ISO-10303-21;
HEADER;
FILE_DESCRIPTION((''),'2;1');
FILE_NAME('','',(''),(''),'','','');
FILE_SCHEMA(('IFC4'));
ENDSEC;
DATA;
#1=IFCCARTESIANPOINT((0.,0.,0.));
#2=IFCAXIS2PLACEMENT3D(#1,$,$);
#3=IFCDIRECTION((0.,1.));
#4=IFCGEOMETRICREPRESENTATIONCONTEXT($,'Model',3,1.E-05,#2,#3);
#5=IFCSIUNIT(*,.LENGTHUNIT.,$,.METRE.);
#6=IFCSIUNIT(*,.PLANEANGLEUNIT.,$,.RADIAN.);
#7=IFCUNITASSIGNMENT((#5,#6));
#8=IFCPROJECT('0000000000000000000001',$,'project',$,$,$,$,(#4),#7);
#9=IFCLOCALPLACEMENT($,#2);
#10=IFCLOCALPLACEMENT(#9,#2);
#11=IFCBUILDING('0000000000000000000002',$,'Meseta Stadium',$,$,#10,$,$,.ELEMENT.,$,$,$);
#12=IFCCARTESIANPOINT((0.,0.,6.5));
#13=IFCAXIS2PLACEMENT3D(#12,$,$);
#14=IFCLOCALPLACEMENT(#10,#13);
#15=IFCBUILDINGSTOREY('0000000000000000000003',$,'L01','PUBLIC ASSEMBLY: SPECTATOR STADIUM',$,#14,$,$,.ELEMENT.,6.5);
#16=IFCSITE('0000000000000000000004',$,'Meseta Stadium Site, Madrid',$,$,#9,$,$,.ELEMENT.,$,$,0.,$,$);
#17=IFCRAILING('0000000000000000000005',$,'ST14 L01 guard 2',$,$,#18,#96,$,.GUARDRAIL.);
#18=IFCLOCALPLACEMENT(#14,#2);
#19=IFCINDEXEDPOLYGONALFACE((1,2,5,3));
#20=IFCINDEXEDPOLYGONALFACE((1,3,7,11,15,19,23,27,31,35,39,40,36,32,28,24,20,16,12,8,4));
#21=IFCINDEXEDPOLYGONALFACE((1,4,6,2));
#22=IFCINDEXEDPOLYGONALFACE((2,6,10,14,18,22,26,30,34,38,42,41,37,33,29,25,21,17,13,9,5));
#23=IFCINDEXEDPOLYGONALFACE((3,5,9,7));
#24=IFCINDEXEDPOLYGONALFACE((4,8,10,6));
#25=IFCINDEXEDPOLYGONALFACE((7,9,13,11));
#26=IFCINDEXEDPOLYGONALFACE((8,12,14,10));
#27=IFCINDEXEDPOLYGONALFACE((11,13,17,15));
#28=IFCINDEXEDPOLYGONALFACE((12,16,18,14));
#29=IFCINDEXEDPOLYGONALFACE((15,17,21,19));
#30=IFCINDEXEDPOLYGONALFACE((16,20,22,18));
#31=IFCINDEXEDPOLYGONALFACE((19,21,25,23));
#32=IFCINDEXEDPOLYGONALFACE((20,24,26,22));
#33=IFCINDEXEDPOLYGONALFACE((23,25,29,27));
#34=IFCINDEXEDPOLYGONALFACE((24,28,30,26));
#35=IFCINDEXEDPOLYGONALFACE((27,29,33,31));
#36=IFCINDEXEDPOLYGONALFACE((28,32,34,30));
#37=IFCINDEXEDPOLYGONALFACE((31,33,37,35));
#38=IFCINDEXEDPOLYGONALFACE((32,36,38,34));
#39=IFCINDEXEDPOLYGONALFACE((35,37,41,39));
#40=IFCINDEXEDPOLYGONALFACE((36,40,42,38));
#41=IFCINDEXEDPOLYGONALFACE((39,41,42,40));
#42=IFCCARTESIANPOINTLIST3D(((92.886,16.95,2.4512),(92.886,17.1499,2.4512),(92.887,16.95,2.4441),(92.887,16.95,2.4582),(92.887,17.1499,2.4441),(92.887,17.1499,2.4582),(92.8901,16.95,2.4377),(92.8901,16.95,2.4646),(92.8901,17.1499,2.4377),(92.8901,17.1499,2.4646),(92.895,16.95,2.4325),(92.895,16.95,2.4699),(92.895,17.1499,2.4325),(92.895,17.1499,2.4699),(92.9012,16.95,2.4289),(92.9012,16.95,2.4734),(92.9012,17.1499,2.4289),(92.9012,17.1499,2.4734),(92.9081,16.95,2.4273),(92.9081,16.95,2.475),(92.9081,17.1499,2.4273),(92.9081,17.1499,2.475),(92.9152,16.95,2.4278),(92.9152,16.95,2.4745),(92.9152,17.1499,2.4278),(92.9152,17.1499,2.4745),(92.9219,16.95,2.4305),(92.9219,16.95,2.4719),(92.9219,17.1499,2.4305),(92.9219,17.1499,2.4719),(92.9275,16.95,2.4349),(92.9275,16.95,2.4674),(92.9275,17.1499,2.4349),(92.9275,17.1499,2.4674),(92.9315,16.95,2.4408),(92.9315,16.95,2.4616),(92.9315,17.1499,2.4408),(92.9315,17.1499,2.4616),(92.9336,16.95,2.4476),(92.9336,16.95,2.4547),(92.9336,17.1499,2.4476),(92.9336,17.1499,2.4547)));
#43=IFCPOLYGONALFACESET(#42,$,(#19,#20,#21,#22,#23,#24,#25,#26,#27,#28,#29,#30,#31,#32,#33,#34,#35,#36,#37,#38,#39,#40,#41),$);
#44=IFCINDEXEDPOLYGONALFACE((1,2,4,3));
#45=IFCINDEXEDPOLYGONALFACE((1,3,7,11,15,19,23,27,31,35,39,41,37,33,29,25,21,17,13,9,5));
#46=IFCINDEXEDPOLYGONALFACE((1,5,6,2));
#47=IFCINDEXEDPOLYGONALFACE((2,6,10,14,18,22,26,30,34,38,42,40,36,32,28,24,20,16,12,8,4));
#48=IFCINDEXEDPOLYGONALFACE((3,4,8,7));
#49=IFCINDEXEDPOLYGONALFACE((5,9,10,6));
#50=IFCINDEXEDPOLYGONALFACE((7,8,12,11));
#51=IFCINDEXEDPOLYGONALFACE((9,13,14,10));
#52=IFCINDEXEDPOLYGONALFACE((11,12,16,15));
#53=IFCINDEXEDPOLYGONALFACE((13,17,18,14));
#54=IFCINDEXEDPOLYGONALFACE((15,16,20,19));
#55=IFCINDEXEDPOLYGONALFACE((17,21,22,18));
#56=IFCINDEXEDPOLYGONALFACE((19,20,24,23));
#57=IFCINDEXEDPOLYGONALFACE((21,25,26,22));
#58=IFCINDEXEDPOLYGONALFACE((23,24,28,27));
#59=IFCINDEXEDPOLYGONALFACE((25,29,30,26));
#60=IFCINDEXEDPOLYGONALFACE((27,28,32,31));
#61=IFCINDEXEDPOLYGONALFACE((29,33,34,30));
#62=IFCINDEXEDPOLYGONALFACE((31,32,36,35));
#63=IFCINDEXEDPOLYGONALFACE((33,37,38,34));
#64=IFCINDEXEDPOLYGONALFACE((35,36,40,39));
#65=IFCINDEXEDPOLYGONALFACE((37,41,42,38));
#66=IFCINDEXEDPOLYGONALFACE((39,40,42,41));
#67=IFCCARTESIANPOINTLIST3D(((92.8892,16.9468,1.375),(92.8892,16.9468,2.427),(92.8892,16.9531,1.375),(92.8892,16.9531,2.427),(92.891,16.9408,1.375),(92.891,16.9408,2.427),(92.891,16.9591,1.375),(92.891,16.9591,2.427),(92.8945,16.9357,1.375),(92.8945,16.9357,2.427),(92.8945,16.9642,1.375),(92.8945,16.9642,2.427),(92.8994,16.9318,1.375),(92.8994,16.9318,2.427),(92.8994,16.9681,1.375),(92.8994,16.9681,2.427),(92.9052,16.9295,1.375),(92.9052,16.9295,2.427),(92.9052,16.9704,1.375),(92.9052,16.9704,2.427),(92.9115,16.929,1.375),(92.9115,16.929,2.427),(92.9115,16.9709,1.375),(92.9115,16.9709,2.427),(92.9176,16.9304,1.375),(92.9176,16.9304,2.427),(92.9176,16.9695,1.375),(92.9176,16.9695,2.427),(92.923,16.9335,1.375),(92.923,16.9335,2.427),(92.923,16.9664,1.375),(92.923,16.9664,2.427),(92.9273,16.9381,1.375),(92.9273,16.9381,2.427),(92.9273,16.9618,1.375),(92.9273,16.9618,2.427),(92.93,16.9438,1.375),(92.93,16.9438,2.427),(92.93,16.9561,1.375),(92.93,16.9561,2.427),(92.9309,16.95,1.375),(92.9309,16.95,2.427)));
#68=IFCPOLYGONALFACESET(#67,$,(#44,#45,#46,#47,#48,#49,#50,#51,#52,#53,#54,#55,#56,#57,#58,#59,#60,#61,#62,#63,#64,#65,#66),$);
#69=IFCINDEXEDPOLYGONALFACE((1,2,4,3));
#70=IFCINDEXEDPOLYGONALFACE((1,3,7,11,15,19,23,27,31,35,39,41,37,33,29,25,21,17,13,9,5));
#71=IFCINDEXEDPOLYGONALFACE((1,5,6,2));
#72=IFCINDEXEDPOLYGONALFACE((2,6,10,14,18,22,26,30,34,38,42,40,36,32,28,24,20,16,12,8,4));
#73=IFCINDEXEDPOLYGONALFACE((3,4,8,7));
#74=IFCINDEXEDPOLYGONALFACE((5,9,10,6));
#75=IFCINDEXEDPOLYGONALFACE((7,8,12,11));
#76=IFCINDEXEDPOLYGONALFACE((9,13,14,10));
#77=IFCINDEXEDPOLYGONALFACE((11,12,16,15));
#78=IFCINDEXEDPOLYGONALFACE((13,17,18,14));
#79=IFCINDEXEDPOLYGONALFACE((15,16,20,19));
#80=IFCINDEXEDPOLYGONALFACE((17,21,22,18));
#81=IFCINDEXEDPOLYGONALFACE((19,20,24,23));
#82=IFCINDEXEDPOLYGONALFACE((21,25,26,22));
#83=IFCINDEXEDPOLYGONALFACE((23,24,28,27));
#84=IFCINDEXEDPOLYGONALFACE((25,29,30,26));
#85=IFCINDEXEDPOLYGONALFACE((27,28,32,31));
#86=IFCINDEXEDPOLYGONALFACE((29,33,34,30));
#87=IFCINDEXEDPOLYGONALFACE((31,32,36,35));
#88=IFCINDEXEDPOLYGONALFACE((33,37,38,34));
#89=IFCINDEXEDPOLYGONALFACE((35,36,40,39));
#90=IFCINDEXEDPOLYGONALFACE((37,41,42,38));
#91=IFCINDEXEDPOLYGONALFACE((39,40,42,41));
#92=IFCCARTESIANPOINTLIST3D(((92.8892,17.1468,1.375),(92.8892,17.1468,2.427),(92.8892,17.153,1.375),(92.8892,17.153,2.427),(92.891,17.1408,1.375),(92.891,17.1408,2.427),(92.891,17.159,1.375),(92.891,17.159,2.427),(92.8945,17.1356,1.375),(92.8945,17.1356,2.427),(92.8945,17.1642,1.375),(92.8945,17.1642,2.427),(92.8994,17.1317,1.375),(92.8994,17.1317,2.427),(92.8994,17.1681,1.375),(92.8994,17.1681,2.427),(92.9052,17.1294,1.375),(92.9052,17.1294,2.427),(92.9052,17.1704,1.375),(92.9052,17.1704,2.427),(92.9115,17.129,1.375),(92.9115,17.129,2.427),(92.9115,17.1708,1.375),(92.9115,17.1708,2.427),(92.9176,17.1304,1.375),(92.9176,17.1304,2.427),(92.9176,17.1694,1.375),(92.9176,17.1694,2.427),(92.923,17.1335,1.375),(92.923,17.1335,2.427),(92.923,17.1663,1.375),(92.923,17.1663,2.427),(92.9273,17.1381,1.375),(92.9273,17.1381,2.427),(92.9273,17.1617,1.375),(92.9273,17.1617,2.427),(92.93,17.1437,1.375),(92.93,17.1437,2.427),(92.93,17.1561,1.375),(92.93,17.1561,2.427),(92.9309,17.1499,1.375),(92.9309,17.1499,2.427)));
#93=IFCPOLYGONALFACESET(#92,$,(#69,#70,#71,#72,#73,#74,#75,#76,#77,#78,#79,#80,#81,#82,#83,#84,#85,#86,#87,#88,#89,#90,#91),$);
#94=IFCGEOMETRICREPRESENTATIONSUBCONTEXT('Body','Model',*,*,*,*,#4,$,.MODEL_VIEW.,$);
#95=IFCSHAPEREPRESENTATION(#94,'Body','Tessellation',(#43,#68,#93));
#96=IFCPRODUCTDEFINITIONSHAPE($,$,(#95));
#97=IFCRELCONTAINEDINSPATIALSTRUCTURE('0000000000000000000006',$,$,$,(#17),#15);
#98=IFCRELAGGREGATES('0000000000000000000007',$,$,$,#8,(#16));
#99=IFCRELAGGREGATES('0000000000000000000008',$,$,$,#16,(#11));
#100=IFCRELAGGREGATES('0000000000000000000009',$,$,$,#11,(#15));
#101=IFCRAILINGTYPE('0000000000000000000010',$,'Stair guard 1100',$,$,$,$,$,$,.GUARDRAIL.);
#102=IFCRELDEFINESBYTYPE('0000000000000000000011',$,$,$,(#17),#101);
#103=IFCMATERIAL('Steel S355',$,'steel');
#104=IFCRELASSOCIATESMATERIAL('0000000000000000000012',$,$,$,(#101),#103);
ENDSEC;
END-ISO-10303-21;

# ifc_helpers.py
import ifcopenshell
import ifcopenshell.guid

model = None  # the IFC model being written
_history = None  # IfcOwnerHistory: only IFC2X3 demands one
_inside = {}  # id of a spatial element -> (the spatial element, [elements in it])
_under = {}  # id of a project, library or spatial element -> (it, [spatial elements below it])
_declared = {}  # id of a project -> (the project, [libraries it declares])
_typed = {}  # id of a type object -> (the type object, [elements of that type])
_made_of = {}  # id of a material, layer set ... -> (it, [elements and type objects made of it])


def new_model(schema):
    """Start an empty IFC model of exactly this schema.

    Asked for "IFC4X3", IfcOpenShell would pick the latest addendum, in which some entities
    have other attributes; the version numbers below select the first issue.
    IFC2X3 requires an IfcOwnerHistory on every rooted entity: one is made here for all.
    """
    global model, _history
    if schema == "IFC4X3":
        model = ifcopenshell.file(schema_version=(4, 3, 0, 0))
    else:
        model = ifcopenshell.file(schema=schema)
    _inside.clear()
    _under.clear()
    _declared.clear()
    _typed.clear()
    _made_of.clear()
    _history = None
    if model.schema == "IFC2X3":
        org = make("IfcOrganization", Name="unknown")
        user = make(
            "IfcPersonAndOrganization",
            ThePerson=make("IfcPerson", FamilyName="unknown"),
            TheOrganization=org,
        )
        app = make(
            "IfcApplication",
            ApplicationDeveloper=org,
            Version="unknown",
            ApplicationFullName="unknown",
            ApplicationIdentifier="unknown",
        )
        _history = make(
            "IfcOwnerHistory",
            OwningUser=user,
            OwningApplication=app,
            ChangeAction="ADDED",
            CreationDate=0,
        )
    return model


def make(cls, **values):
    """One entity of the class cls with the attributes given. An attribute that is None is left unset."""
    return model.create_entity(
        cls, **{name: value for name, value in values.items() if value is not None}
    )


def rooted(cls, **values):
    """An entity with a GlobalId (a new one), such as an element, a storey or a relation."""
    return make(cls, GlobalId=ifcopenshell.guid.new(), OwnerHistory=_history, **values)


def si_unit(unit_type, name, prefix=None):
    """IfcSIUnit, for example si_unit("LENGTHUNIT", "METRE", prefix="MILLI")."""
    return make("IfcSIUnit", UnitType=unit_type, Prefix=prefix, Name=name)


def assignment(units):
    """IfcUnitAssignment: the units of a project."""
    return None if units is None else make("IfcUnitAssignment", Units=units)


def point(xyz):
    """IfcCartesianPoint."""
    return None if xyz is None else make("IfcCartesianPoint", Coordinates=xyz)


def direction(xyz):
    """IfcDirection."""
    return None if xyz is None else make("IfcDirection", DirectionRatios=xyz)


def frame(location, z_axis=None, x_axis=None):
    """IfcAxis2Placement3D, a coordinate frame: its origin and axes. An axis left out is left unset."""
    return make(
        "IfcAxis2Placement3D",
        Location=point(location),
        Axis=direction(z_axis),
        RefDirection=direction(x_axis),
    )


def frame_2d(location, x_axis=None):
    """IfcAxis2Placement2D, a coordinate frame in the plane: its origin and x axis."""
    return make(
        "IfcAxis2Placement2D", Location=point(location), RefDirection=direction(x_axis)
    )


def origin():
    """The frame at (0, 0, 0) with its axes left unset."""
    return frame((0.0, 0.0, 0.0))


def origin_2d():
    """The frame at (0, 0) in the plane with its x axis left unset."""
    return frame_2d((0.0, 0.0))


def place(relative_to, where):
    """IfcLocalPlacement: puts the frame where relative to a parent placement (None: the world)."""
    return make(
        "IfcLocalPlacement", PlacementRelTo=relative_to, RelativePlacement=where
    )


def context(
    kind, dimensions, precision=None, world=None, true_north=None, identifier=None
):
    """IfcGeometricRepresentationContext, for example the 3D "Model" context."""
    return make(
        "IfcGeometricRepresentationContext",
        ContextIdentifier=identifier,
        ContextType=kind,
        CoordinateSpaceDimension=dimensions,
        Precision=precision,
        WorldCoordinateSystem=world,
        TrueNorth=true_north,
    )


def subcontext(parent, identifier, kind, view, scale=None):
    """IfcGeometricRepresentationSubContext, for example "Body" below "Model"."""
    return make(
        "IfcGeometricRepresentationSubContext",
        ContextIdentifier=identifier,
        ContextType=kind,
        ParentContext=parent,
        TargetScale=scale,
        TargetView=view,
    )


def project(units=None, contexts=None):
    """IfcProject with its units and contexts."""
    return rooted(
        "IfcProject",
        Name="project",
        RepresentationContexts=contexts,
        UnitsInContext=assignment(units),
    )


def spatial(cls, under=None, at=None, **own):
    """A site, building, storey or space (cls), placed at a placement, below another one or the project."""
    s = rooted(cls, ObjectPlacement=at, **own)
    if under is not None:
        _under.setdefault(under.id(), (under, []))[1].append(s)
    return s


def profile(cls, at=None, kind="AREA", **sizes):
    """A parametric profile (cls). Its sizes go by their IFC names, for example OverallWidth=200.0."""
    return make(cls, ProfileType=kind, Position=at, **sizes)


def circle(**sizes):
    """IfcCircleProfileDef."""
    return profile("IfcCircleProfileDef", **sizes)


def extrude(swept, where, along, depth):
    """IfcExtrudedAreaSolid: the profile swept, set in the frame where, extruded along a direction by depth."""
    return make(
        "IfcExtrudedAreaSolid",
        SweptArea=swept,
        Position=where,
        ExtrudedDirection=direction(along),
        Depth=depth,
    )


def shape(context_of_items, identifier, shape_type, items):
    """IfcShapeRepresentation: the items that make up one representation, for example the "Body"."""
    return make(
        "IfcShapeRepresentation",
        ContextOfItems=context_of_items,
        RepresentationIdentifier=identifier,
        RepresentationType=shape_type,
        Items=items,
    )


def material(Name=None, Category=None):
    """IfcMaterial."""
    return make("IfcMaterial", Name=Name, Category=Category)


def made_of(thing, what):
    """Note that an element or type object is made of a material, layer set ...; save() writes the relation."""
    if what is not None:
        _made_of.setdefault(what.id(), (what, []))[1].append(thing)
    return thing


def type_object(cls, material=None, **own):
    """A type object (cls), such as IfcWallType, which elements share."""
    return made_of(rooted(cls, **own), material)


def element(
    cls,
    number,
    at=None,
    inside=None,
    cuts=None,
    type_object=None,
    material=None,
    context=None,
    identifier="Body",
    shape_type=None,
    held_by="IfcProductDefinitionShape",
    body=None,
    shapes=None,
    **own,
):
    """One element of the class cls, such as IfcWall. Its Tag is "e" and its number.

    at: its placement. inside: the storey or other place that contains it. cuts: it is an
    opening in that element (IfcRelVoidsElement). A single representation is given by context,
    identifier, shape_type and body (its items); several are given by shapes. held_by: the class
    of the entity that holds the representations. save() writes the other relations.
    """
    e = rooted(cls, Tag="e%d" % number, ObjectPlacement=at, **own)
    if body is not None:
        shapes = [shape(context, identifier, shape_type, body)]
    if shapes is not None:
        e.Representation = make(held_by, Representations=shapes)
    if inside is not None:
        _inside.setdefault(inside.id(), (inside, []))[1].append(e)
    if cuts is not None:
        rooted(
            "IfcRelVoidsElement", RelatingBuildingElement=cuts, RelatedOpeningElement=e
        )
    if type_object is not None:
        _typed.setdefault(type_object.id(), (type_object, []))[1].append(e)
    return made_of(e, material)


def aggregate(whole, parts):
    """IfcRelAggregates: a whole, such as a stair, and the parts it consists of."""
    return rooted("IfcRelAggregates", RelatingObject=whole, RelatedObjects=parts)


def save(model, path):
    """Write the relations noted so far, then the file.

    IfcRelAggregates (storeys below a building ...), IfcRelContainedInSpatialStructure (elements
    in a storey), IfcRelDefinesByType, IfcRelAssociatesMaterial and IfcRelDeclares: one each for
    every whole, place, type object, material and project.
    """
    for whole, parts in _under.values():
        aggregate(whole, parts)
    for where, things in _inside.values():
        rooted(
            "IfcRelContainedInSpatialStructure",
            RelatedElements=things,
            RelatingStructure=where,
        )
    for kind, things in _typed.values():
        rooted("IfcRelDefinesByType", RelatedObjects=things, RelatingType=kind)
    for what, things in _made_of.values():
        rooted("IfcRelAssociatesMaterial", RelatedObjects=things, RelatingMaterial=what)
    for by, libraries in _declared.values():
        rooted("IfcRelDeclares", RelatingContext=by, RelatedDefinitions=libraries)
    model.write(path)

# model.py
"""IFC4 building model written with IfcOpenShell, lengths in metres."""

from ifc_helpers import new_model, si_unit, direction, frame, origin, origin_2d, place, context, subcontext, project, spatial, circle, extrude, material, type_object, element, save


model = new_model("IFC4")

# Units and contexts
model_context = context("Model", 3, precision=1e-05, world=origin(), true_north=direction((0.0, 1.0)))
body_context = subcontext(model_context, "Body", "Model", "MODEL_VIEW")
ifc_project = project(units=[si_unit("LENGTHUNIT", "METRE"), si_unit("PLANEANGLEUNIT", "RADIAN")], contexts=[model_context])

# Site, building, storey
site_placement = place(None, origin())
site = spatial("IfcSite", under=ifc_project, at=site_placement, Name="Meseta Stadium Site, Madrid", CompositionType="ELEMENT", RefElevation=0.0)
building_placement = place(site_placement, origin())
building = spatial("IfcBuilding", under=site, at=building_placement, Name="Meseta Stadium", CompositionType="ELEMENT")
storey_placement = place(building_placement, frame((0.0, 0.0, 6.5)))
storey = spatial("IfcBuildingStorey", under=building, at=storey_placement, Name="L01", Description="PUBLIC ASSEMBLY: SPECTATOR STADIUM", CompositionType="ELEMENT", Elevation=6.5)

# Railing
ifc_material_1 = material(Name="Steel S355", Category="steel")
railing_type_1 = type_object("IfcRailingType", Name="Stair guard 1100", PredefinedType="GUARDRAIL", material=ifc_material_1)
railing_1_placement = place(storey_placement, frame((92.9099, 16.95, 1.375)))
element("IfcRailing", 1, at=railing_1_placement, inside=storey, type_object=railing_type_1, Name="ST14 L01 guard 2", PredefinedType="GUARDRAIL", context=body_context, shape_type="SweptSolid", body=[
    extrude(circle(Radius=0.0239, at=origin_2d()), frame((0.0, 0.0, 1.0762), z_axis=(0.0, 1.0, 0.0), x_axis=(-1.0, 0.0, 0.0)), (0.0, 0.0, 1.0), 0.2),
    extrude(circle(Radius=0.021, at=origin_2d()), origin(), (0.0, 0.0, 1.0), 1.052),
    extrude(circle(Radius=0.021, at=origin_2d()), frame((0.0, 0.2, 0.0)), (0.0, 0.0, 1.0), 1.052),
])

save(model, "model.ifc")
